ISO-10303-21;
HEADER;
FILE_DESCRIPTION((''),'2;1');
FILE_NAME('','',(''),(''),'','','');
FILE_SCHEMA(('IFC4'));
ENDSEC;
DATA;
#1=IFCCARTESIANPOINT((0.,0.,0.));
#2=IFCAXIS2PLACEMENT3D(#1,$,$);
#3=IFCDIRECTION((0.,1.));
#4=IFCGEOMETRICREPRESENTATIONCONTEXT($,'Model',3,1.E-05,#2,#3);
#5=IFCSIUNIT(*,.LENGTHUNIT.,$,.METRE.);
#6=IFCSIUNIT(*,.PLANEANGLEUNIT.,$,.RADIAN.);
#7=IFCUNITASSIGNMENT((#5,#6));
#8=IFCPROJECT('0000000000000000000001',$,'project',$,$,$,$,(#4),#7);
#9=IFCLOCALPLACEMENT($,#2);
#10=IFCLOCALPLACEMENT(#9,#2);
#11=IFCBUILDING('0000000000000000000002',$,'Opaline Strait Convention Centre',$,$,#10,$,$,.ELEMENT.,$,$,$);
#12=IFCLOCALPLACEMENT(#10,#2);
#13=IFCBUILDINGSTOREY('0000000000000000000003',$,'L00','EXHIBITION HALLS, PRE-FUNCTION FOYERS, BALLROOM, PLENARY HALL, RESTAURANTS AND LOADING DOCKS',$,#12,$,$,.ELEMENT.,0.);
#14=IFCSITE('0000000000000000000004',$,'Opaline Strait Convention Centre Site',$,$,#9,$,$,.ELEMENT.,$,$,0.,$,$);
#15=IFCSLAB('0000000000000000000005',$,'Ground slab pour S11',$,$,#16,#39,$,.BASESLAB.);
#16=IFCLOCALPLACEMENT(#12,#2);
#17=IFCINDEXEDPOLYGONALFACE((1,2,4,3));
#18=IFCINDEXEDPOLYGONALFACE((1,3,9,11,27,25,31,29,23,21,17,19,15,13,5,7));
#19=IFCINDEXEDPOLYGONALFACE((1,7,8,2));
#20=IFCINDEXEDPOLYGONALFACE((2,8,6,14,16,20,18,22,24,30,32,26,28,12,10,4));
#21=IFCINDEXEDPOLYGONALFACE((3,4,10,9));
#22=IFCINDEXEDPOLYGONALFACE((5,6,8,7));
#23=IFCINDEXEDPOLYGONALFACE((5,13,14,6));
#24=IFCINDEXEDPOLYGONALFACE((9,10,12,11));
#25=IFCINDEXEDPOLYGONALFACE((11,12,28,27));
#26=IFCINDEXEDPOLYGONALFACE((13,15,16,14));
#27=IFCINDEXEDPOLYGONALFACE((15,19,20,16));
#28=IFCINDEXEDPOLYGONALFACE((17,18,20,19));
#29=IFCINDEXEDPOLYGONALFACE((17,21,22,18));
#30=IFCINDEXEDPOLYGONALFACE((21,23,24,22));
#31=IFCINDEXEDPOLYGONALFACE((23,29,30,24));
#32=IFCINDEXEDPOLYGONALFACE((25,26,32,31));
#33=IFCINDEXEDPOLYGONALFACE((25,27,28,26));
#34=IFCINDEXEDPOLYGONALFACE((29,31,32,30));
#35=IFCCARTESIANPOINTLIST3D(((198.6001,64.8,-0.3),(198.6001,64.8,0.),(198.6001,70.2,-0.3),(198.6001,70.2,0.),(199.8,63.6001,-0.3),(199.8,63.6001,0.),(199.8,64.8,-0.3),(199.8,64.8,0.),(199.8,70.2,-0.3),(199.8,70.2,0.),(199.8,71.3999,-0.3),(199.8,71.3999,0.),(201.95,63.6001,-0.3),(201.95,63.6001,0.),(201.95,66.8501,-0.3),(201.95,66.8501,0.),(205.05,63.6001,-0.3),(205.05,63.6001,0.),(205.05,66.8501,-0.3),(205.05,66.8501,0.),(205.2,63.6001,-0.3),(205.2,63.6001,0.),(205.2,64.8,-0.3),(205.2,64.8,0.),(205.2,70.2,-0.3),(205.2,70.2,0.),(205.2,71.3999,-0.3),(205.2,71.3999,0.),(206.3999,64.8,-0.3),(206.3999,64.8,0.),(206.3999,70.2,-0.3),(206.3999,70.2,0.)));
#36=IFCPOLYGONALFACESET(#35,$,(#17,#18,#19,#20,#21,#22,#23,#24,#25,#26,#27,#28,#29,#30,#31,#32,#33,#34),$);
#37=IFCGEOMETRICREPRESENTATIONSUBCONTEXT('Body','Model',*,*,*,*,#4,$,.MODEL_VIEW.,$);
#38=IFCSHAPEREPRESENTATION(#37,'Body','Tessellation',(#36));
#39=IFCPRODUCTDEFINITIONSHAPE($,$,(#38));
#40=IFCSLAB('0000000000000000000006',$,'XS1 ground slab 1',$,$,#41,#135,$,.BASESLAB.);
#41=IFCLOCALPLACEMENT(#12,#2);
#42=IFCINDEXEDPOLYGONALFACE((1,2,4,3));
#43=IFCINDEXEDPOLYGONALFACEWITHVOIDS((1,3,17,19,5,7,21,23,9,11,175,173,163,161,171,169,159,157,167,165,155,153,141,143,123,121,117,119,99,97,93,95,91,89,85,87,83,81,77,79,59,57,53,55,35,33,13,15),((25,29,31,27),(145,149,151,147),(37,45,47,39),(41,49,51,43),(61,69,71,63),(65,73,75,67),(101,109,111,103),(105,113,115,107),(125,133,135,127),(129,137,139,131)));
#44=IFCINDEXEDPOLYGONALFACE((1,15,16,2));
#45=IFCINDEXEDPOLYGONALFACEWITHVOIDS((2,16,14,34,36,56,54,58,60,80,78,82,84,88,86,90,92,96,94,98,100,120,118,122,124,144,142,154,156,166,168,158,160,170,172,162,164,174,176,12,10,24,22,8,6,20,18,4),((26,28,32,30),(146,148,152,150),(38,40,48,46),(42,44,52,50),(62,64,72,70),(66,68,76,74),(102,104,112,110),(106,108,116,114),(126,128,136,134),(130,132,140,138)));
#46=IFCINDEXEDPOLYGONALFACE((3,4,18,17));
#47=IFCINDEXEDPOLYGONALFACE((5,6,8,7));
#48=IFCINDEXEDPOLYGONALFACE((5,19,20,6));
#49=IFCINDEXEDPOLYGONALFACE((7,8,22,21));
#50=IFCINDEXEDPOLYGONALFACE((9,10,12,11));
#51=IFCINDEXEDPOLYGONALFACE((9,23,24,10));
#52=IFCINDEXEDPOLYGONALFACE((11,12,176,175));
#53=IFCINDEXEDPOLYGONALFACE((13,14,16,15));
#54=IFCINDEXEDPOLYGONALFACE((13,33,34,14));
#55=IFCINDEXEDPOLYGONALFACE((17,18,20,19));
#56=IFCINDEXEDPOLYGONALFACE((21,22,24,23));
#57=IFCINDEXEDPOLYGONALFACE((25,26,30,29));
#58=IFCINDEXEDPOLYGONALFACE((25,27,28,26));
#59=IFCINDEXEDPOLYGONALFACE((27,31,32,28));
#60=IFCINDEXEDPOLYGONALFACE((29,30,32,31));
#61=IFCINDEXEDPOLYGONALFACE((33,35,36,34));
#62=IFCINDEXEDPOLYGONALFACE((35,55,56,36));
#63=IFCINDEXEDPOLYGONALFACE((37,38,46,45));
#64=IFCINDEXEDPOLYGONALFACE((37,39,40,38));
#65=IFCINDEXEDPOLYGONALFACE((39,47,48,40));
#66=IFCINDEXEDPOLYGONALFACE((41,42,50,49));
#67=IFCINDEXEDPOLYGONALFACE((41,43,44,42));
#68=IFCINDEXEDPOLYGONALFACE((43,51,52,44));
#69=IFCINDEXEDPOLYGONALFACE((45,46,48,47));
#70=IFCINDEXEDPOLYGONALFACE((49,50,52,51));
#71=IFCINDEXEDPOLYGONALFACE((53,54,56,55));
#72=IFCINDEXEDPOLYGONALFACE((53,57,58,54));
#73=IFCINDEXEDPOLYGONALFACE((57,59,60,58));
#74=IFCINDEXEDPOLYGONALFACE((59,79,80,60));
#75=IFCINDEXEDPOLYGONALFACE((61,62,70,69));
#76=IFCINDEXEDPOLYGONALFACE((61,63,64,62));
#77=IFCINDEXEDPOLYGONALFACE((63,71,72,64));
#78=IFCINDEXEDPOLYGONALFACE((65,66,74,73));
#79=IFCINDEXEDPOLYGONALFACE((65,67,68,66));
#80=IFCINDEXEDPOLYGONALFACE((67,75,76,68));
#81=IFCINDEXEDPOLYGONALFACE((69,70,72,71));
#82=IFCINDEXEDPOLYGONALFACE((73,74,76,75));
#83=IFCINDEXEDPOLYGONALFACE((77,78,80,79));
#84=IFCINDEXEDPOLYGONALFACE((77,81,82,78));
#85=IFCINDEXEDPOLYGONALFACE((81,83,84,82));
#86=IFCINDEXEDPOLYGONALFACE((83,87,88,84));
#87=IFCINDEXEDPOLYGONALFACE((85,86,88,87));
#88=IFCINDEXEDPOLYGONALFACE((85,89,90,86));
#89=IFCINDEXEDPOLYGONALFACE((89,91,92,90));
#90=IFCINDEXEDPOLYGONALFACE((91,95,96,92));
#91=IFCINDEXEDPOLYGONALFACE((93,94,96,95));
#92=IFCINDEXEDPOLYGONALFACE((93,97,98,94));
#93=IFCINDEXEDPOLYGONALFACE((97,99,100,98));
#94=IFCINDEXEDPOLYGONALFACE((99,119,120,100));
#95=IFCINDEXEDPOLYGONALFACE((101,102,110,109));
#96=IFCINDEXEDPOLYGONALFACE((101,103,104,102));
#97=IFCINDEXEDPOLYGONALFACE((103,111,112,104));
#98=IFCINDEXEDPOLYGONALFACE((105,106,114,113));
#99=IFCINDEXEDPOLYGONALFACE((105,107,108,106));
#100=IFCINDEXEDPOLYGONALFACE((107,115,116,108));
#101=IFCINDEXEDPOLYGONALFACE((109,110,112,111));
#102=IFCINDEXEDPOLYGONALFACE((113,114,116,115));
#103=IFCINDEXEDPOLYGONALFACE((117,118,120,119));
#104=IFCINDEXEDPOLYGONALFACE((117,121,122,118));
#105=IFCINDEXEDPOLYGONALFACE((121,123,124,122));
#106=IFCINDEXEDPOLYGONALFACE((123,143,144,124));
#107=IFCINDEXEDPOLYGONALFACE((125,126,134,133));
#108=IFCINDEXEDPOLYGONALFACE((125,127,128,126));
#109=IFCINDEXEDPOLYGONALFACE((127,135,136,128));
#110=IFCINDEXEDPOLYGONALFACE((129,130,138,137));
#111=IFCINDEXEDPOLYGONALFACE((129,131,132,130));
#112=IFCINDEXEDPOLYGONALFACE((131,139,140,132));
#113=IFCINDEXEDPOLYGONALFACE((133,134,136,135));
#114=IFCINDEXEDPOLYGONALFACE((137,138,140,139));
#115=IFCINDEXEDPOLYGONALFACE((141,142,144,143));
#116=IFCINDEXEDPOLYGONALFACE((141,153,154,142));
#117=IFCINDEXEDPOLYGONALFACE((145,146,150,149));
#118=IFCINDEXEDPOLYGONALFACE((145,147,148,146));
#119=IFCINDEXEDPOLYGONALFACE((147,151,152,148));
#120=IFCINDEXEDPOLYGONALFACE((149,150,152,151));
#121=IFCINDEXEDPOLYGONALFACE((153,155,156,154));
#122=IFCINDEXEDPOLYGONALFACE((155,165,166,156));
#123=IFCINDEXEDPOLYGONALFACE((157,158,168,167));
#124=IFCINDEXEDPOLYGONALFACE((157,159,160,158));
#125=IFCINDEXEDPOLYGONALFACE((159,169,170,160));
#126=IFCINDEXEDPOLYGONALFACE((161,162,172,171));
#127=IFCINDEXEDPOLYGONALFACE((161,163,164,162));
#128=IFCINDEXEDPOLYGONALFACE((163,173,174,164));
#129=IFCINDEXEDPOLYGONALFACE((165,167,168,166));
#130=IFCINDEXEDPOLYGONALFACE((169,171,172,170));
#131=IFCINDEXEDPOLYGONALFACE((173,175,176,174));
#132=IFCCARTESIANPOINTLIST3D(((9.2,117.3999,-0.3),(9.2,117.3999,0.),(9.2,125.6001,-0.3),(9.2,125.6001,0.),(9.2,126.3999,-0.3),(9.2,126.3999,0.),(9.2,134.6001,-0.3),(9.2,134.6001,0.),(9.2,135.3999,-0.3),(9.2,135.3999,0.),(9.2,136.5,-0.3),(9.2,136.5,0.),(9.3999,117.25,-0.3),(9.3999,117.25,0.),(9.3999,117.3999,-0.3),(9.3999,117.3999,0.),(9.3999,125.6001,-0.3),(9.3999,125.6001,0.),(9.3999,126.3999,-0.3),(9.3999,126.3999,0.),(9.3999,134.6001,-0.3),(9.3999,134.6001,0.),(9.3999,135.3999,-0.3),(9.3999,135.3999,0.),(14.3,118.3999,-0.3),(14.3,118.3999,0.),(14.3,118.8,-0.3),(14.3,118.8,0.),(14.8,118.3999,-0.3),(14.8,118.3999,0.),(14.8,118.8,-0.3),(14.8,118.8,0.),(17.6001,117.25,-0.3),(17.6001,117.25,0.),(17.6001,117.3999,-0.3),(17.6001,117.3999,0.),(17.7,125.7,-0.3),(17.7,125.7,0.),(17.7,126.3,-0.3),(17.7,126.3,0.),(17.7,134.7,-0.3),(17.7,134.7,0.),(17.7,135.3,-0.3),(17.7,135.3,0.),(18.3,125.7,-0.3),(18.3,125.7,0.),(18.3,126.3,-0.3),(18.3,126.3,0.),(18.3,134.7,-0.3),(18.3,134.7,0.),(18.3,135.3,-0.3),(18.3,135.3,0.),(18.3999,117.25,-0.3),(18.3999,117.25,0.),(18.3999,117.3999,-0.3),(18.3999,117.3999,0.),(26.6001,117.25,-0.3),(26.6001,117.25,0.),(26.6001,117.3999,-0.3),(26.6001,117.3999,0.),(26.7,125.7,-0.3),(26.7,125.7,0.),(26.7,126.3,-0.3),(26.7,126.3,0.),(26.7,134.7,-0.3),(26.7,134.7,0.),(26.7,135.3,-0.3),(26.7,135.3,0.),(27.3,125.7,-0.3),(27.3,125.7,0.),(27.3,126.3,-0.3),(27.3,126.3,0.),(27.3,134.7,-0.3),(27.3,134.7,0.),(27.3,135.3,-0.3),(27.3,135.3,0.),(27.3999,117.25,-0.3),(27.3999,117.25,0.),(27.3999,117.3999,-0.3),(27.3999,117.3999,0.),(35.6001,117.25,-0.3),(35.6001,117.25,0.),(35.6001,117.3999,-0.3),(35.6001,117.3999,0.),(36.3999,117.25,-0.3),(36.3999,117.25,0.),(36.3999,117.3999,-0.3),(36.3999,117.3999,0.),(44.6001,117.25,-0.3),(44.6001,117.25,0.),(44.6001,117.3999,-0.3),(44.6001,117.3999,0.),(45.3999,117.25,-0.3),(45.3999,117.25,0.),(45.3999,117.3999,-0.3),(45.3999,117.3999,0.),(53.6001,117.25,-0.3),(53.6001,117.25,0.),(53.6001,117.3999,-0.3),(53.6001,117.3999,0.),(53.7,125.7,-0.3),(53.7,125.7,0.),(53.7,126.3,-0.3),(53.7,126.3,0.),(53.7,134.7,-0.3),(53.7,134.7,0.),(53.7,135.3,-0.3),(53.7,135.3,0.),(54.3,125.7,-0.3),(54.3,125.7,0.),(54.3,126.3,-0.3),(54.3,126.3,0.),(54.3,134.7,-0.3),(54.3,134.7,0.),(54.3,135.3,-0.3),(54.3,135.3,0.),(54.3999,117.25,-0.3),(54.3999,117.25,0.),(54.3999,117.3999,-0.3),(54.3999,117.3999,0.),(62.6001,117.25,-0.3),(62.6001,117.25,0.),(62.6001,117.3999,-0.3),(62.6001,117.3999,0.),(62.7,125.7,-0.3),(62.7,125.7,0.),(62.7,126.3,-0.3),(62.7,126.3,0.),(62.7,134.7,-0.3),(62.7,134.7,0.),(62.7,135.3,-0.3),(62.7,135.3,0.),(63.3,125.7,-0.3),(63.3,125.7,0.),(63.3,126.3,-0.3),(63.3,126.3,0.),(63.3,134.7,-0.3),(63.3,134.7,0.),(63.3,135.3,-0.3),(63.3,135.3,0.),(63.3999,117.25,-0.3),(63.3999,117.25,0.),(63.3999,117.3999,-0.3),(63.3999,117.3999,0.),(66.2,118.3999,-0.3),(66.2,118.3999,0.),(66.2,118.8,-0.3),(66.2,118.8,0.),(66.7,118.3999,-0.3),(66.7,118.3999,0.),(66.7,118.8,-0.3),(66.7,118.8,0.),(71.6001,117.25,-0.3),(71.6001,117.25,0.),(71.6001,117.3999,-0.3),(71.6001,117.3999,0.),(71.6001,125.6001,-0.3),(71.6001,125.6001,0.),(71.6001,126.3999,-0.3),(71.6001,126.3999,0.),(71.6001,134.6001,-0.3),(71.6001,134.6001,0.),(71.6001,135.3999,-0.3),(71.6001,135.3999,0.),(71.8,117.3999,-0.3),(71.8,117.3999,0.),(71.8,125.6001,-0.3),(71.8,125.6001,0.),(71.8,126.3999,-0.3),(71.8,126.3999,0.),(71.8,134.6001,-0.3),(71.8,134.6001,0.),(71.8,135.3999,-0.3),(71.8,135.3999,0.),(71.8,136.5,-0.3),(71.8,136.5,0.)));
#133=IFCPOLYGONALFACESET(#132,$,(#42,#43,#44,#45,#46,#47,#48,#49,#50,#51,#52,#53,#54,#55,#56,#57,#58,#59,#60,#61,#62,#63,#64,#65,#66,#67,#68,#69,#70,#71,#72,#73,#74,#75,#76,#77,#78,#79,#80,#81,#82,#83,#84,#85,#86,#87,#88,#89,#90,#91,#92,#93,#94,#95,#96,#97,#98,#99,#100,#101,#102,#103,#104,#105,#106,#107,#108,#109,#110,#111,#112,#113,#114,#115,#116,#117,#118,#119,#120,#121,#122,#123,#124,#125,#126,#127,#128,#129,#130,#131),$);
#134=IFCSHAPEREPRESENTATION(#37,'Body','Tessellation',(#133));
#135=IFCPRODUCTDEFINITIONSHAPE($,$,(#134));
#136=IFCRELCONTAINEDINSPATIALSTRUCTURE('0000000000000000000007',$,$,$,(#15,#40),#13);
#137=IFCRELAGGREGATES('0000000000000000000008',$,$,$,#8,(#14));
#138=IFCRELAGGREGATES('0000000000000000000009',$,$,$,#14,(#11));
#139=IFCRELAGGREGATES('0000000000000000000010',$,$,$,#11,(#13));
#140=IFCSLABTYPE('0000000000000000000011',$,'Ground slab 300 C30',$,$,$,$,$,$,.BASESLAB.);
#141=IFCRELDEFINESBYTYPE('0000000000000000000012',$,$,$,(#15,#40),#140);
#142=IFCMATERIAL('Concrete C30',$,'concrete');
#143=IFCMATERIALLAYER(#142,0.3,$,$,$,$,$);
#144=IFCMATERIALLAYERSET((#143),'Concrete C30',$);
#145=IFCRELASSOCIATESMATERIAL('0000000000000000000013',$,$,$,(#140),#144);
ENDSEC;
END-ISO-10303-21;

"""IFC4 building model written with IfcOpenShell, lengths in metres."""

from ifc_helpers import new_model, si_unit, direction, frame, origin, place, context, subcontext, project, spatial, polyline, outline, extrude, material, layer, layer_set, type_object, element, save


model = new_model("IFC4")

# Units and contexts
model_context = context("Model", 3, precision=1e-05, world=origin(), true_north=direction((0.0, 1.0)))
body_context = subcontext(model_context, "Body", "Model", "MODEL_VIEW")
ifc_project = project(units=[si_unit("LENGTHUNIT", "METRE"), si_unit("PLANEANGLEUNIT", "RADIAN")], contexts=[model_context])

# Site, building, storey
site_placement = place(None, origin())
site = spatial("IfcSite", under=ifc_project, at=site_placement, Name="Opaline Strait Convention Centre Site", CompositionType="ELEMENT", RefElevation=0.0)
building_placement = place(site_placement, origin())
building = spatial("IfcBuilding", under=site, at=building_placement, Name="Opaline Strait Convention Centre", CompositionType="ELEMENT")
storey_placement = place(building_placement, origin())
storey = spatial("IfcBuildingStorey", under=building, at=storey_placement, Name="L00", Description="EXHIBITION HALLS, PRE-FUNCTION FOYERS, BALLROOM, PLENARY HALL, RESTAURANTS AND LOADING DOCKS", CompositionType="ELEMENT", Elevation=0.0)

# Slabs
ifc_material = material(Name="Concrete C30", Category="concrete")
ifc_layer_1 = layer(ifc_material, 0.3)
ifc_layer_set_1 = layer_set([ifc_layer_1], Name="Concrete C30")
slab_type_1 = type_object("IfcSlabType", Name="Ground slab 300 C30", PredefinedType="BASESLAB", material=ifc_layer_set_1)
slab_1_placement = place(storey_placement, frame((0.0, 0.0, -0.3)))
element("IfcSlab", 1, at=slab_1_placement, inside=storey, type_object=slab_type_1, Name="Ground slab pour S11", PredefinedType="BASESLAB", context=body_context, shape_type="SweptSolid", body=[
    extrude(outline(polyline([(198.6001, 64.8), (198.6001, 70.2), (199.8, 70.2), (199.8, 71.3999), (205.2, 71.3999), (205.2, 70.2), (206.3999, 70.2), (206.3999, 64.8), (205.2, 64.8), (205.2, 63.6001), (205.05, 63.6001), (205.05, 66.8501), (201.95, 66.8501), (201.95, 63.6001), (199.8, 63.6001), (199.8, 64.8), (198.6001, 64.8)])), origin(), (0.0, 0.0, 1.0), 0.3),
])
slab_2_placement = place(storey_placement, frame((0.0, 0.0, -0.3)))
element("IfcSlab", 2, at=slab_2_placement, inside=storey, type_object=slab_type_1, Name="XS1 ground slab 1", PredefinedType="BASESLAB", context=body_context, shape_type="SweptSolid", body=[
    extrude(outline(polyline([(71.8, 136.5), (71.8, 135.3999), (71.6001, 135.3999), (71.6001, 134.6001), (71.8, 134.6001), (71.8, 126.3999), (71.6001, 126.3999), (71.6001, 125.6001), (71.8, 125.6001), (71.8, 117.3999), (71.6001, 117.3999), (71.6001, 117.25), (63.3999, 117.25), (63.3999, 117.3999), (62.6001, 117.3999), (62.6001, 117.25), (54.3999, 117.25), (54.3999, 117.3999), (53.6001, 117.3999), (53.6001, 117.25), (45.3999, 117.25), (45.3999, 117.3999), (44.6001, 117.3999), (44.6001, 117.25), (36.3999, 117.25), (36.3999, 117.3999), (35.6001, 117.3999), (35.6001, 117.25), (27.3999, 117.25), (27.3999, 117.3999), (26.6001, 117.3999), (26.6001, 117.25), (18.3999, 117.25), (18.3999, 117.3999), (17.6001, 117.3999), (17.6001, 117.25), (9.3999, 117.25), (9.3999, 117.3999), (9.2, 117.3999), (9.2, 125.6001), (9.3999, 125.6001), (9.3999, 126.3999), (9.2, 126.3999), (9.2, 134.6001), (9.3999, 134.6001), (9.3999, 135.3999), (9.2, 135.3999), (9.2, 136.5), (71.8, 136.5)]), holes=[polyline([(14.3, 118.3999), (14.8, 118.3999), (14.8, 118.8), (14.3, 118.8), (14.3, 118.3999)]), polyline([(17.7, 125.7), (18.3, 125.7), (18.3, 126.3), (17.7, 126.3), (17.7, 125.7)]), polyline([(26.7, 134.7), (27.3, 134.7), (27.3, 135.3), (26.7, 135.3), (26.7, 134.7)]), polyline([(18.3, 134.7), (18.3, 135.3), (17.7, 135.3), (17.7, 134.7), (18.3, 134.7)]), polyline([(26.7, 125.7), (27.3, 125.7), (27.3, 126.3), (26.7, 126.3), (26.7, 125.7)]), polyline([(53.7, 125.7), (54.3, 125.7), (54.3, 126.3), (53.7, 126.3), (53.7, 125.7)]), polyline([(53.7, 134.7), (54.3, 134.7), (54.3, 135.3), (53.7, 135.3), (53.7, 134.7)]), polyline([(66.2, 118.3999), (66.7, 118.3999), (66.7, 118.8), (66.2, 118.8), (66.2, 118.3999)]), polyline([(63.3, 125.7), (63.3, 126.3), (62.7, 126.3), (62.7, 125.7), (63.3, 125.7)]), polyline([(62.7, 134.7), (63.3, 134.7), (63.3, 135.3), (62.7, 135.3), (62.7, 134.7)])]), origin(), (0.0, 0.0, 1.0), 0.3),
])

save(model, "model.ifc")
